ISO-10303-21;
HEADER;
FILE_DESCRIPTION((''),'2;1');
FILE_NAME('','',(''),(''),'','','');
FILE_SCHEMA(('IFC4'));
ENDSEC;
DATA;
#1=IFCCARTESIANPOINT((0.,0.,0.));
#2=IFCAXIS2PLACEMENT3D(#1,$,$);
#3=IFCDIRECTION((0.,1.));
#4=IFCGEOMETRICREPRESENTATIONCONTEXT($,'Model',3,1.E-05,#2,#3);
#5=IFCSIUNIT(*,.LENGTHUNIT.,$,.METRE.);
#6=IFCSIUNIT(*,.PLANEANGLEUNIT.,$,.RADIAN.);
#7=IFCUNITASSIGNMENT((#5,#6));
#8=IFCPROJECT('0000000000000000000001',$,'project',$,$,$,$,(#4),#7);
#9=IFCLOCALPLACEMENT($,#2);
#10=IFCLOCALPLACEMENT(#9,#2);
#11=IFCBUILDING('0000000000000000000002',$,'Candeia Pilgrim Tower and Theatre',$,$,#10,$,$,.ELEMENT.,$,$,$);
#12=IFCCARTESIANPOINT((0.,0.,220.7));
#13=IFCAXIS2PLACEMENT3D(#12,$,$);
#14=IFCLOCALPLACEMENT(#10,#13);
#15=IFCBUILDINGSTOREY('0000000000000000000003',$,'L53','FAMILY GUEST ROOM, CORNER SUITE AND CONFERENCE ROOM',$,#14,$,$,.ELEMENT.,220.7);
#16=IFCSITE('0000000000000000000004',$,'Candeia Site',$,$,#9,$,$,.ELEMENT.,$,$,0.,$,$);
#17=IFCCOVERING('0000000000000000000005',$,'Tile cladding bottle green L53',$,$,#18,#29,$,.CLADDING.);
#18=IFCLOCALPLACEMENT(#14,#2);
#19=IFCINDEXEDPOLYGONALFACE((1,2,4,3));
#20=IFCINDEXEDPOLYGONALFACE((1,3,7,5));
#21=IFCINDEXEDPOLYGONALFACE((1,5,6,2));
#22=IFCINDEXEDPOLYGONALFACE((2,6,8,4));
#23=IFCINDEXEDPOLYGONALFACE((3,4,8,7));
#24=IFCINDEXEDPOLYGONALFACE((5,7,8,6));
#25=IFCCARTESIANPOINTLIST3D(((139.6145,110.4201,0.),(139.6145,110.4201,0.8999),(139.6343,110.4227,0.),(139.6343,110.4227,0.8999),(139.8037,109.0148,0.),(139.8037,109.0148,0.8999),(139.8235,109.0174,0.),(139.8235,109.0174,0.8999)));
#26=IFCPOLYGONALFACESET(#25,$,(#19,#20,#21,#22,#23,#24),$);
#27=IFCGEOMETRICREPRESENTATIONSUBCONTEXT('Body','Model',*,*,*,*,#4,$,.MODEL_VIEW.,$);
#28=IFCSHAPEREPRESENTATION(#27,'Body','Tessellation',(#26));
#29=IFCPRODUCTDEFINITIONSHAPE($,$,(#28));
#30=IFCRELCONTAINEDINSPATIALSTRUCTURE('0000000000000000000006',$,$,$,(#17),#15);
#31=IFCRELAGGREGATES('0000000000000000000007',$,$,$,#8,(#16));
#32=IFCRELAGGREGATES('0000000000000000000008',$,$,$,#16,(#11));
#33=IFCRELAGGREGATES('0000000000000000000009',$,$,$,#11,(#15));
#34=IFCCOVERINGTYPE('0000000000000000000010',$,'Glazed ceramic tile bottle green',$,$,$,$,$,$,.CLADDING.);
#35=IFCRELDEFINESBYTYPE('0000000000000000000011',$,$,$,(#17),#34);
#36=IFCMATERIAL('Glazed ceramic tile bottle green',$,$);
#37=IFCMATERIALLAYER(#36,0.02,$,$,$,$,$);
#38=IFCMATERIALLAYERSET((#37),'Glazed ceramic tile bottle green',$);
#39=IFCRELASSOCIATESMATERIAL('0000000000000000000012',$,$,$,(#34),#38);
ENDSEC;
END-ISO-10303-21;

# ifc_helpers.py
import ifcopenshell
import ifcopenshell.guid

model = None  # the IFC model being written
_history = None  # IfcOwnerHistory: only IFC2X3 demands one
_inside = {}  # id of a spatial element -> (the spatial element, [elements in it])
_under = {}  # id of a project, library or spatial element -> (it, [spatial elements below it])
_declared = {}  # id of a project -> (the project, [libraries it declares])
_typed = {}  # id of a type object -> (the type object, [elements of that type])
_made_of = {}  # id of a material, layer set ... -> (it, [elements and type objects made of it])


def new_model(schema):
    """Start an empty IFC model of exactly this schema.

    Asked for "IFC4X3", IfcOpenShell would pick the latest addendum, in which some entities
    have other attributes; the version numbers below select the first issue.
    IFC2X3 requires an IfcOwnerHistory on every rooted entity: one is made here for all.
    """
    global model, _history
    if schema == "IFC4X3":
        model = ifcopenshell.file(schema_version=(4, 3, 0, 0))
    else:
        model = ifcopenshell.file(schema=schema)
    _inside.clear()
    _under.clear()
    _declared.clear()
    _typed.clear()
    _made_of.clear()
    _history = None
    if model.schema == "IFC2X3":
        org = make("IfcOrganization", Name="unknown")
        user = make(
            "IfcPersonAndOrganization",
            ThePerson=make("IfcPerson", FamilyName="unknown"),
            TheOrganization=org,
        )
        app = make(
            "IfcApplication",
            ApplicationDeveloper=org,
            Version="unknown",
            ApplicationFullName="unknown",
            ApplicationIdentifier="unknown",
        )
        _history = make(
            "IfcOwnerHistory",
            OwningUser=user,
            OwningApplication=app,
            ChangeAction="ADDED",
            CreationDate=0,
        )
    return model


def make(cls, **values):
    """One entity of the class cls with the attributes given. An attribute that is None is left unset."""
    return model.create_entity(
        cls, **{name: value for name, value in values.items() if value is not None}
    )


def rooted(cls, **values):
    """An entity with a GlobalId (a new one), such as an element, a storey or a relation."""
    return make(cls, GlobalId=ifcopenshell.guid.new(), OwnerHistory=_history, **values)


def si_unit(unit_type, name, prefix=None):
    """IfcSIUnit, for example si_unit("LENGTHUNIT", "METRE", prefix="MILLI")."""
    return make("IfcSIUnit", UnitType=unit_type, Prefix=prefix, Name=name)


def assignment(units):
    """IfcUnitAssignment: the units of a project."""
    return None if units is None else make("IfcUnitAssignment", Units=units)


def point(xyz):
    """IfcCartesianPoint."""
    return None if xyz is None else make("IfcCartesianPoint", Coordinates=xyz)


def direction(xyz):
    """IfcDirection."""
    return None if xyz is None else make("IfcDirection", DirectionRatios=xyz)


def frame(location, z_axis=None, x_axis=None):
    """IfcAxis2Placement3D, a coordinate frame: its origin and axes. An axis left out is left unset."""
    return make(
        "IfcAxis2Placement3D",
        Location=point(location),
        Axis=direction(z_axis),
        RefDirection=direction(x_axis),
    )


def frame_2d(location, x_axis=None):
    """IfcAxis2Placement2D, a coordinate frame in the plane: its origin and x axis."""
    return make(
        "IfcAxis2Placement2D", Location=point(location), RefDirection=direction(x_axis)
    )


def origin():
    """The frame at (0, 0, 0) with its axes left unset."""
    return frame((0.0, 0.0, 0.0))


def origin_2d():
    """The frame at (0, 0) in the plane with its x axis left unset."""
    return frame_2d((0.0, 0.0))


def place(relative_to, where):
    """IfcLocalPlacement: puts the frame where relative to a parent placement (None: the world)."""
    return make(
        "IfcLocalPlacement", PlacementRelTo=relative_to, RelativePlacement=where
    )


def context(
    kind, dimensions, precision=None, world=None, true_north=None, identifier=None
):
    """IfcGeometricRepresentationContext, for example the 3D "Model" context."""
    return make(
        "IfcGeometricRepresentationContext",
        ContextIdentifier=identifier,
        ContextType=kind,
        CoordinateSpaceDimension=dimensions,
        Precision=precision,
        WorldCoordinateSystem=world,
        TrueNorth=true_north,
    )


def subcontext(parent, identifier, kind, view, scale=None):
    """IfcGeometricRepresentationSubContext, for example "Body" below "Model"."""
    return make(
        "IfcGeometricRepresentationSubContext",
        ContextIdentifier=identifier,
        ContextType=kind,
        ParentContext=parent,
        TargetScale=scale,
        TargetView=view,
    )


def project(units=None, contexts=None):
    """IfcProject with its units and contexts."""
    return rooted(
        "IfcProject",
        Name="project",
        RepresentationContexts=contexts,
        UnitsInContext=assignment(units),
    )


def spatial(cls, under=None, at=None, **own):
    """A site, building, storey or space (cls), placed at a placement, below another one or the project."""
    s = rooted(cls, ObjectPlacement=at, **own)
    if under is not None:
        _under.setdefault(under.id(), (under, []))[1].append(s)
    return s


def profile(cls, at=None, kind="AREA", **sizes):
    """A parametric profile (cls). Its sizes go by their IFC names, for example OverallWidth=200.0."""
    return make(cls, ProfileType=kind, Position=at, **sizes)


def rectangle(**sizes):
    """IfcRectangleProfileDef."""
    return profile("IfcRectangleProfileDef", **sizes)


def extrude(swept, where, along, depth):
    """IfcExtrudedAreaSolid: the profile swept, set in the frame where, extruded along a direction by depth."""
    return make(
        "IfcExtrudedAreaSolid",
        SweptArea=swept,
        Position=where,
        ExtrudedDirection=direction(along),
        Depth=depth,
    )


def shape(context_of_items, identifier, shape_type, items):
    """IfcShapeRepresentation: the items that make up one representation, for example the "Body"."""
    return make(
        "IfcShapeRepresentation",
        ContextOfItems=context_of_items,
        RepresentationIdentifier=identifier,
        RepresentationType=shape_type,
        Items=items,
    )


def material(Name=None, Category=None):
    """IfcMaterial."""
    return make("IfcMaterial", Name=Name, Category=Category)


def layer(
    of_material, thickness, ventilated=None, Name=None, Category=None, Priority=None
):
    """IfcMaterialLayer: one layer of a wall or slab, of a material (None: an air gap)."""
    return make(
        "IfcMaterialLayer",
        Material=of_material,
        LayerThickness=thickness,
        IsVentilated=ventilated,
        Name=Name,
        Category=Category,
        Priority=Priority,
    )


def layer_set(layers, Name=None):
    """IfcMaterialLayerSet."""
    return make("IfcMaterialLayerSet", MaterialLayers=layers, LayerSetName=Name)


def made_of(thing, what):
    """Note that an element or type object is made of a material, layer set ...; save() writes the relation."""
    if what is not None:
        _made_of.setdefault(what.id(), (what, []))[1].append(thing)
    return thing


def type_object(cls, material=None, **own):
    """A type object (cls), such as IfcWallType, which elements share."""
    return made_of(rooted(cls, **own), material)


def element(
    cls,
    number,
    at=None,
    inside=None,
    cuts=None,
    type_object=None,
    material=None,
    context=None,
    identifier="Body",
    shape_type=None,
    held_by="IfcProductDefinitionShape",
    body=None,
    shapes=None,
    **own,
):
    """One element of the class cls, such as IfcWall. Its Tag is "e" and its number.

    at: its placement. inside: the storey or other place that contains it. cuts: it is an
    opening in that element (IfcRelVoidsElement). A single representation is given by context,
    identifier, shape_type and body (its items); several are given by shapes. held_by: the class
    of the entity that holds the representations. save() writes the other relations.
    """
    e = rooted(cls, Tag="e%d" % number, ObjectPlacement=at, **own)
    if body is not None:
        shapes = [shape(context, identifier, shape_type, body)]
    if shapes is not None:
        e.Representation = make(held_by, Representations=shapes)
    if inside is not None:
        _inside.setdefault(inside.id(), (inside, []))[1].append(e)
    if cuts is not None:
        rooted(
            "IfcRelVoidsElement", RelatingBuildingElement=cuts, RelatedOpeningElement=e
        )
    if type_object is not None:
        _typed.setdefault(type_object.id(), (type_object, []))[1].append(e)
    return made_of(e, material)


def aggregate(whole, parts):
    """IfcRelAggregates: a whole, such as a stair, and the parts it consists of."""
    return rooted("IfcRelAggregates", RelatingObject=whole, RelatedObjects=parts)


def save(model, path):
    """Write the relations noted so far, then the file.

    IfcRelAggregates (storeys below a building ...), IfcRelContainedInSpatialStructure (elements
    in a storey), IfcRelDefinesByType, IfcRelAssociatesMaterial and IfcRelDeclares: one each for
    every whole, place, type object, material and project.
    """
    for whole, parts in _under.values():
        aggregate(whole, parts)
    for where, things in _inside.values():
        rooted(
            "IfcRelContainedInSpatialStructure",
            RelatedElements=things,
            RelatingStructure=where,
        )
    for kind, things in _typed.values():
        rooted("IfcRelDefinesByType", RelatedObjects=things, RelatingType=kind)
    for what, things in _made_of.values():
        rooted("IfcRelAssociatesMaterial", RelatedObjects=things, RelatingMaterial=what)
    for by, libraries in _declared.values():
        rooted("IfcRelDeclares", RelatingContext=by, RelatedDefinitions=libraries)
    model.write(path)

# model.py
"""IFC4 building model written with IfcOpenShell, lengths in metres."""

from ifc_helpers import new_model, si_unit, direction, frame, origin, origin_2d, place, context, subcontext, project, spatial, rectangle, extrude, material, layer, layer_set, type_object, element, save


model = new_model("IFC4")

# Units and contexts
model_context = context("Model", 3, precision=1e-05, world=origin(), true_north=direction((0.0, 1.0)))
body_context = subcontext(model_context, "Body", "Model", "MODEL_VIEW")
ifc_project = project(units=[si_unit("LENGTHUNIT", "METRE"), si_unit("PLANEANGLEUNIT", "RADIAN")], contexts=[model_context])

# Site, building, storey
site_placement = place(None, origin())
site = spatial("IfcSite", under=ifc_project, at=site_placement, Name="Candeia Site", CompositionType="ELEMENT", RefElevation=0.0)
building_placement = place(site_placement, origin())
building = spatial("IfcBuilding", under=site, at=building_placement, Name="Candeia Pilgrim Tower and Theatre", CompositionType="ELEMENT")
storey_placement = place(building_placement, frame((0.0, 0.0, 220.7)))
storey = spatial("IfcBuildingStorey", under=building, at=storey_placement, Name="L53", Description="FAMILY GUEST ROOM, CORNER SUITE AND CONFERENCE ROOM", CompositionType="ELEMENT", Elevation=220.7)

# Covering
ifc_material_1 = material(Name="Glazed ceramic tile bottle green")
ifc_layer_1 = layer(ifc_material_1, 0.02)
ifc_layer_set_1 = layer_set([ifc_layer_1], Name="Glazed ceramic tile bottle green")
covering_type = type_object("IfcCoveringType", Name="Glazed ceramic tile bottle green", PredefinedType="CLADDING", material=ifc_layer_set_1)
covering_1_placement = place(storey_placement, frame((139.719, 109.7188, 0.0), z_axis=(0.0, 0.0, 1.0), x_axis=(-0.133412, 0.991061, 0.0)))
element("IfcCovering", 1, at=covering_1_placement, inside=storey, type_object=covering_type, Name="Tile cladding bottle green L53", PredefinedType="CLADDING", context=body_context, shape_type="SweptSolid", body=[
    extrude(rectangle(XDim=1.418, YDim=0.02, at=origin_2d()), origin(), (0.0, 0.0, 1.0), 0.8999),
])

save(model, "model.ifc")
